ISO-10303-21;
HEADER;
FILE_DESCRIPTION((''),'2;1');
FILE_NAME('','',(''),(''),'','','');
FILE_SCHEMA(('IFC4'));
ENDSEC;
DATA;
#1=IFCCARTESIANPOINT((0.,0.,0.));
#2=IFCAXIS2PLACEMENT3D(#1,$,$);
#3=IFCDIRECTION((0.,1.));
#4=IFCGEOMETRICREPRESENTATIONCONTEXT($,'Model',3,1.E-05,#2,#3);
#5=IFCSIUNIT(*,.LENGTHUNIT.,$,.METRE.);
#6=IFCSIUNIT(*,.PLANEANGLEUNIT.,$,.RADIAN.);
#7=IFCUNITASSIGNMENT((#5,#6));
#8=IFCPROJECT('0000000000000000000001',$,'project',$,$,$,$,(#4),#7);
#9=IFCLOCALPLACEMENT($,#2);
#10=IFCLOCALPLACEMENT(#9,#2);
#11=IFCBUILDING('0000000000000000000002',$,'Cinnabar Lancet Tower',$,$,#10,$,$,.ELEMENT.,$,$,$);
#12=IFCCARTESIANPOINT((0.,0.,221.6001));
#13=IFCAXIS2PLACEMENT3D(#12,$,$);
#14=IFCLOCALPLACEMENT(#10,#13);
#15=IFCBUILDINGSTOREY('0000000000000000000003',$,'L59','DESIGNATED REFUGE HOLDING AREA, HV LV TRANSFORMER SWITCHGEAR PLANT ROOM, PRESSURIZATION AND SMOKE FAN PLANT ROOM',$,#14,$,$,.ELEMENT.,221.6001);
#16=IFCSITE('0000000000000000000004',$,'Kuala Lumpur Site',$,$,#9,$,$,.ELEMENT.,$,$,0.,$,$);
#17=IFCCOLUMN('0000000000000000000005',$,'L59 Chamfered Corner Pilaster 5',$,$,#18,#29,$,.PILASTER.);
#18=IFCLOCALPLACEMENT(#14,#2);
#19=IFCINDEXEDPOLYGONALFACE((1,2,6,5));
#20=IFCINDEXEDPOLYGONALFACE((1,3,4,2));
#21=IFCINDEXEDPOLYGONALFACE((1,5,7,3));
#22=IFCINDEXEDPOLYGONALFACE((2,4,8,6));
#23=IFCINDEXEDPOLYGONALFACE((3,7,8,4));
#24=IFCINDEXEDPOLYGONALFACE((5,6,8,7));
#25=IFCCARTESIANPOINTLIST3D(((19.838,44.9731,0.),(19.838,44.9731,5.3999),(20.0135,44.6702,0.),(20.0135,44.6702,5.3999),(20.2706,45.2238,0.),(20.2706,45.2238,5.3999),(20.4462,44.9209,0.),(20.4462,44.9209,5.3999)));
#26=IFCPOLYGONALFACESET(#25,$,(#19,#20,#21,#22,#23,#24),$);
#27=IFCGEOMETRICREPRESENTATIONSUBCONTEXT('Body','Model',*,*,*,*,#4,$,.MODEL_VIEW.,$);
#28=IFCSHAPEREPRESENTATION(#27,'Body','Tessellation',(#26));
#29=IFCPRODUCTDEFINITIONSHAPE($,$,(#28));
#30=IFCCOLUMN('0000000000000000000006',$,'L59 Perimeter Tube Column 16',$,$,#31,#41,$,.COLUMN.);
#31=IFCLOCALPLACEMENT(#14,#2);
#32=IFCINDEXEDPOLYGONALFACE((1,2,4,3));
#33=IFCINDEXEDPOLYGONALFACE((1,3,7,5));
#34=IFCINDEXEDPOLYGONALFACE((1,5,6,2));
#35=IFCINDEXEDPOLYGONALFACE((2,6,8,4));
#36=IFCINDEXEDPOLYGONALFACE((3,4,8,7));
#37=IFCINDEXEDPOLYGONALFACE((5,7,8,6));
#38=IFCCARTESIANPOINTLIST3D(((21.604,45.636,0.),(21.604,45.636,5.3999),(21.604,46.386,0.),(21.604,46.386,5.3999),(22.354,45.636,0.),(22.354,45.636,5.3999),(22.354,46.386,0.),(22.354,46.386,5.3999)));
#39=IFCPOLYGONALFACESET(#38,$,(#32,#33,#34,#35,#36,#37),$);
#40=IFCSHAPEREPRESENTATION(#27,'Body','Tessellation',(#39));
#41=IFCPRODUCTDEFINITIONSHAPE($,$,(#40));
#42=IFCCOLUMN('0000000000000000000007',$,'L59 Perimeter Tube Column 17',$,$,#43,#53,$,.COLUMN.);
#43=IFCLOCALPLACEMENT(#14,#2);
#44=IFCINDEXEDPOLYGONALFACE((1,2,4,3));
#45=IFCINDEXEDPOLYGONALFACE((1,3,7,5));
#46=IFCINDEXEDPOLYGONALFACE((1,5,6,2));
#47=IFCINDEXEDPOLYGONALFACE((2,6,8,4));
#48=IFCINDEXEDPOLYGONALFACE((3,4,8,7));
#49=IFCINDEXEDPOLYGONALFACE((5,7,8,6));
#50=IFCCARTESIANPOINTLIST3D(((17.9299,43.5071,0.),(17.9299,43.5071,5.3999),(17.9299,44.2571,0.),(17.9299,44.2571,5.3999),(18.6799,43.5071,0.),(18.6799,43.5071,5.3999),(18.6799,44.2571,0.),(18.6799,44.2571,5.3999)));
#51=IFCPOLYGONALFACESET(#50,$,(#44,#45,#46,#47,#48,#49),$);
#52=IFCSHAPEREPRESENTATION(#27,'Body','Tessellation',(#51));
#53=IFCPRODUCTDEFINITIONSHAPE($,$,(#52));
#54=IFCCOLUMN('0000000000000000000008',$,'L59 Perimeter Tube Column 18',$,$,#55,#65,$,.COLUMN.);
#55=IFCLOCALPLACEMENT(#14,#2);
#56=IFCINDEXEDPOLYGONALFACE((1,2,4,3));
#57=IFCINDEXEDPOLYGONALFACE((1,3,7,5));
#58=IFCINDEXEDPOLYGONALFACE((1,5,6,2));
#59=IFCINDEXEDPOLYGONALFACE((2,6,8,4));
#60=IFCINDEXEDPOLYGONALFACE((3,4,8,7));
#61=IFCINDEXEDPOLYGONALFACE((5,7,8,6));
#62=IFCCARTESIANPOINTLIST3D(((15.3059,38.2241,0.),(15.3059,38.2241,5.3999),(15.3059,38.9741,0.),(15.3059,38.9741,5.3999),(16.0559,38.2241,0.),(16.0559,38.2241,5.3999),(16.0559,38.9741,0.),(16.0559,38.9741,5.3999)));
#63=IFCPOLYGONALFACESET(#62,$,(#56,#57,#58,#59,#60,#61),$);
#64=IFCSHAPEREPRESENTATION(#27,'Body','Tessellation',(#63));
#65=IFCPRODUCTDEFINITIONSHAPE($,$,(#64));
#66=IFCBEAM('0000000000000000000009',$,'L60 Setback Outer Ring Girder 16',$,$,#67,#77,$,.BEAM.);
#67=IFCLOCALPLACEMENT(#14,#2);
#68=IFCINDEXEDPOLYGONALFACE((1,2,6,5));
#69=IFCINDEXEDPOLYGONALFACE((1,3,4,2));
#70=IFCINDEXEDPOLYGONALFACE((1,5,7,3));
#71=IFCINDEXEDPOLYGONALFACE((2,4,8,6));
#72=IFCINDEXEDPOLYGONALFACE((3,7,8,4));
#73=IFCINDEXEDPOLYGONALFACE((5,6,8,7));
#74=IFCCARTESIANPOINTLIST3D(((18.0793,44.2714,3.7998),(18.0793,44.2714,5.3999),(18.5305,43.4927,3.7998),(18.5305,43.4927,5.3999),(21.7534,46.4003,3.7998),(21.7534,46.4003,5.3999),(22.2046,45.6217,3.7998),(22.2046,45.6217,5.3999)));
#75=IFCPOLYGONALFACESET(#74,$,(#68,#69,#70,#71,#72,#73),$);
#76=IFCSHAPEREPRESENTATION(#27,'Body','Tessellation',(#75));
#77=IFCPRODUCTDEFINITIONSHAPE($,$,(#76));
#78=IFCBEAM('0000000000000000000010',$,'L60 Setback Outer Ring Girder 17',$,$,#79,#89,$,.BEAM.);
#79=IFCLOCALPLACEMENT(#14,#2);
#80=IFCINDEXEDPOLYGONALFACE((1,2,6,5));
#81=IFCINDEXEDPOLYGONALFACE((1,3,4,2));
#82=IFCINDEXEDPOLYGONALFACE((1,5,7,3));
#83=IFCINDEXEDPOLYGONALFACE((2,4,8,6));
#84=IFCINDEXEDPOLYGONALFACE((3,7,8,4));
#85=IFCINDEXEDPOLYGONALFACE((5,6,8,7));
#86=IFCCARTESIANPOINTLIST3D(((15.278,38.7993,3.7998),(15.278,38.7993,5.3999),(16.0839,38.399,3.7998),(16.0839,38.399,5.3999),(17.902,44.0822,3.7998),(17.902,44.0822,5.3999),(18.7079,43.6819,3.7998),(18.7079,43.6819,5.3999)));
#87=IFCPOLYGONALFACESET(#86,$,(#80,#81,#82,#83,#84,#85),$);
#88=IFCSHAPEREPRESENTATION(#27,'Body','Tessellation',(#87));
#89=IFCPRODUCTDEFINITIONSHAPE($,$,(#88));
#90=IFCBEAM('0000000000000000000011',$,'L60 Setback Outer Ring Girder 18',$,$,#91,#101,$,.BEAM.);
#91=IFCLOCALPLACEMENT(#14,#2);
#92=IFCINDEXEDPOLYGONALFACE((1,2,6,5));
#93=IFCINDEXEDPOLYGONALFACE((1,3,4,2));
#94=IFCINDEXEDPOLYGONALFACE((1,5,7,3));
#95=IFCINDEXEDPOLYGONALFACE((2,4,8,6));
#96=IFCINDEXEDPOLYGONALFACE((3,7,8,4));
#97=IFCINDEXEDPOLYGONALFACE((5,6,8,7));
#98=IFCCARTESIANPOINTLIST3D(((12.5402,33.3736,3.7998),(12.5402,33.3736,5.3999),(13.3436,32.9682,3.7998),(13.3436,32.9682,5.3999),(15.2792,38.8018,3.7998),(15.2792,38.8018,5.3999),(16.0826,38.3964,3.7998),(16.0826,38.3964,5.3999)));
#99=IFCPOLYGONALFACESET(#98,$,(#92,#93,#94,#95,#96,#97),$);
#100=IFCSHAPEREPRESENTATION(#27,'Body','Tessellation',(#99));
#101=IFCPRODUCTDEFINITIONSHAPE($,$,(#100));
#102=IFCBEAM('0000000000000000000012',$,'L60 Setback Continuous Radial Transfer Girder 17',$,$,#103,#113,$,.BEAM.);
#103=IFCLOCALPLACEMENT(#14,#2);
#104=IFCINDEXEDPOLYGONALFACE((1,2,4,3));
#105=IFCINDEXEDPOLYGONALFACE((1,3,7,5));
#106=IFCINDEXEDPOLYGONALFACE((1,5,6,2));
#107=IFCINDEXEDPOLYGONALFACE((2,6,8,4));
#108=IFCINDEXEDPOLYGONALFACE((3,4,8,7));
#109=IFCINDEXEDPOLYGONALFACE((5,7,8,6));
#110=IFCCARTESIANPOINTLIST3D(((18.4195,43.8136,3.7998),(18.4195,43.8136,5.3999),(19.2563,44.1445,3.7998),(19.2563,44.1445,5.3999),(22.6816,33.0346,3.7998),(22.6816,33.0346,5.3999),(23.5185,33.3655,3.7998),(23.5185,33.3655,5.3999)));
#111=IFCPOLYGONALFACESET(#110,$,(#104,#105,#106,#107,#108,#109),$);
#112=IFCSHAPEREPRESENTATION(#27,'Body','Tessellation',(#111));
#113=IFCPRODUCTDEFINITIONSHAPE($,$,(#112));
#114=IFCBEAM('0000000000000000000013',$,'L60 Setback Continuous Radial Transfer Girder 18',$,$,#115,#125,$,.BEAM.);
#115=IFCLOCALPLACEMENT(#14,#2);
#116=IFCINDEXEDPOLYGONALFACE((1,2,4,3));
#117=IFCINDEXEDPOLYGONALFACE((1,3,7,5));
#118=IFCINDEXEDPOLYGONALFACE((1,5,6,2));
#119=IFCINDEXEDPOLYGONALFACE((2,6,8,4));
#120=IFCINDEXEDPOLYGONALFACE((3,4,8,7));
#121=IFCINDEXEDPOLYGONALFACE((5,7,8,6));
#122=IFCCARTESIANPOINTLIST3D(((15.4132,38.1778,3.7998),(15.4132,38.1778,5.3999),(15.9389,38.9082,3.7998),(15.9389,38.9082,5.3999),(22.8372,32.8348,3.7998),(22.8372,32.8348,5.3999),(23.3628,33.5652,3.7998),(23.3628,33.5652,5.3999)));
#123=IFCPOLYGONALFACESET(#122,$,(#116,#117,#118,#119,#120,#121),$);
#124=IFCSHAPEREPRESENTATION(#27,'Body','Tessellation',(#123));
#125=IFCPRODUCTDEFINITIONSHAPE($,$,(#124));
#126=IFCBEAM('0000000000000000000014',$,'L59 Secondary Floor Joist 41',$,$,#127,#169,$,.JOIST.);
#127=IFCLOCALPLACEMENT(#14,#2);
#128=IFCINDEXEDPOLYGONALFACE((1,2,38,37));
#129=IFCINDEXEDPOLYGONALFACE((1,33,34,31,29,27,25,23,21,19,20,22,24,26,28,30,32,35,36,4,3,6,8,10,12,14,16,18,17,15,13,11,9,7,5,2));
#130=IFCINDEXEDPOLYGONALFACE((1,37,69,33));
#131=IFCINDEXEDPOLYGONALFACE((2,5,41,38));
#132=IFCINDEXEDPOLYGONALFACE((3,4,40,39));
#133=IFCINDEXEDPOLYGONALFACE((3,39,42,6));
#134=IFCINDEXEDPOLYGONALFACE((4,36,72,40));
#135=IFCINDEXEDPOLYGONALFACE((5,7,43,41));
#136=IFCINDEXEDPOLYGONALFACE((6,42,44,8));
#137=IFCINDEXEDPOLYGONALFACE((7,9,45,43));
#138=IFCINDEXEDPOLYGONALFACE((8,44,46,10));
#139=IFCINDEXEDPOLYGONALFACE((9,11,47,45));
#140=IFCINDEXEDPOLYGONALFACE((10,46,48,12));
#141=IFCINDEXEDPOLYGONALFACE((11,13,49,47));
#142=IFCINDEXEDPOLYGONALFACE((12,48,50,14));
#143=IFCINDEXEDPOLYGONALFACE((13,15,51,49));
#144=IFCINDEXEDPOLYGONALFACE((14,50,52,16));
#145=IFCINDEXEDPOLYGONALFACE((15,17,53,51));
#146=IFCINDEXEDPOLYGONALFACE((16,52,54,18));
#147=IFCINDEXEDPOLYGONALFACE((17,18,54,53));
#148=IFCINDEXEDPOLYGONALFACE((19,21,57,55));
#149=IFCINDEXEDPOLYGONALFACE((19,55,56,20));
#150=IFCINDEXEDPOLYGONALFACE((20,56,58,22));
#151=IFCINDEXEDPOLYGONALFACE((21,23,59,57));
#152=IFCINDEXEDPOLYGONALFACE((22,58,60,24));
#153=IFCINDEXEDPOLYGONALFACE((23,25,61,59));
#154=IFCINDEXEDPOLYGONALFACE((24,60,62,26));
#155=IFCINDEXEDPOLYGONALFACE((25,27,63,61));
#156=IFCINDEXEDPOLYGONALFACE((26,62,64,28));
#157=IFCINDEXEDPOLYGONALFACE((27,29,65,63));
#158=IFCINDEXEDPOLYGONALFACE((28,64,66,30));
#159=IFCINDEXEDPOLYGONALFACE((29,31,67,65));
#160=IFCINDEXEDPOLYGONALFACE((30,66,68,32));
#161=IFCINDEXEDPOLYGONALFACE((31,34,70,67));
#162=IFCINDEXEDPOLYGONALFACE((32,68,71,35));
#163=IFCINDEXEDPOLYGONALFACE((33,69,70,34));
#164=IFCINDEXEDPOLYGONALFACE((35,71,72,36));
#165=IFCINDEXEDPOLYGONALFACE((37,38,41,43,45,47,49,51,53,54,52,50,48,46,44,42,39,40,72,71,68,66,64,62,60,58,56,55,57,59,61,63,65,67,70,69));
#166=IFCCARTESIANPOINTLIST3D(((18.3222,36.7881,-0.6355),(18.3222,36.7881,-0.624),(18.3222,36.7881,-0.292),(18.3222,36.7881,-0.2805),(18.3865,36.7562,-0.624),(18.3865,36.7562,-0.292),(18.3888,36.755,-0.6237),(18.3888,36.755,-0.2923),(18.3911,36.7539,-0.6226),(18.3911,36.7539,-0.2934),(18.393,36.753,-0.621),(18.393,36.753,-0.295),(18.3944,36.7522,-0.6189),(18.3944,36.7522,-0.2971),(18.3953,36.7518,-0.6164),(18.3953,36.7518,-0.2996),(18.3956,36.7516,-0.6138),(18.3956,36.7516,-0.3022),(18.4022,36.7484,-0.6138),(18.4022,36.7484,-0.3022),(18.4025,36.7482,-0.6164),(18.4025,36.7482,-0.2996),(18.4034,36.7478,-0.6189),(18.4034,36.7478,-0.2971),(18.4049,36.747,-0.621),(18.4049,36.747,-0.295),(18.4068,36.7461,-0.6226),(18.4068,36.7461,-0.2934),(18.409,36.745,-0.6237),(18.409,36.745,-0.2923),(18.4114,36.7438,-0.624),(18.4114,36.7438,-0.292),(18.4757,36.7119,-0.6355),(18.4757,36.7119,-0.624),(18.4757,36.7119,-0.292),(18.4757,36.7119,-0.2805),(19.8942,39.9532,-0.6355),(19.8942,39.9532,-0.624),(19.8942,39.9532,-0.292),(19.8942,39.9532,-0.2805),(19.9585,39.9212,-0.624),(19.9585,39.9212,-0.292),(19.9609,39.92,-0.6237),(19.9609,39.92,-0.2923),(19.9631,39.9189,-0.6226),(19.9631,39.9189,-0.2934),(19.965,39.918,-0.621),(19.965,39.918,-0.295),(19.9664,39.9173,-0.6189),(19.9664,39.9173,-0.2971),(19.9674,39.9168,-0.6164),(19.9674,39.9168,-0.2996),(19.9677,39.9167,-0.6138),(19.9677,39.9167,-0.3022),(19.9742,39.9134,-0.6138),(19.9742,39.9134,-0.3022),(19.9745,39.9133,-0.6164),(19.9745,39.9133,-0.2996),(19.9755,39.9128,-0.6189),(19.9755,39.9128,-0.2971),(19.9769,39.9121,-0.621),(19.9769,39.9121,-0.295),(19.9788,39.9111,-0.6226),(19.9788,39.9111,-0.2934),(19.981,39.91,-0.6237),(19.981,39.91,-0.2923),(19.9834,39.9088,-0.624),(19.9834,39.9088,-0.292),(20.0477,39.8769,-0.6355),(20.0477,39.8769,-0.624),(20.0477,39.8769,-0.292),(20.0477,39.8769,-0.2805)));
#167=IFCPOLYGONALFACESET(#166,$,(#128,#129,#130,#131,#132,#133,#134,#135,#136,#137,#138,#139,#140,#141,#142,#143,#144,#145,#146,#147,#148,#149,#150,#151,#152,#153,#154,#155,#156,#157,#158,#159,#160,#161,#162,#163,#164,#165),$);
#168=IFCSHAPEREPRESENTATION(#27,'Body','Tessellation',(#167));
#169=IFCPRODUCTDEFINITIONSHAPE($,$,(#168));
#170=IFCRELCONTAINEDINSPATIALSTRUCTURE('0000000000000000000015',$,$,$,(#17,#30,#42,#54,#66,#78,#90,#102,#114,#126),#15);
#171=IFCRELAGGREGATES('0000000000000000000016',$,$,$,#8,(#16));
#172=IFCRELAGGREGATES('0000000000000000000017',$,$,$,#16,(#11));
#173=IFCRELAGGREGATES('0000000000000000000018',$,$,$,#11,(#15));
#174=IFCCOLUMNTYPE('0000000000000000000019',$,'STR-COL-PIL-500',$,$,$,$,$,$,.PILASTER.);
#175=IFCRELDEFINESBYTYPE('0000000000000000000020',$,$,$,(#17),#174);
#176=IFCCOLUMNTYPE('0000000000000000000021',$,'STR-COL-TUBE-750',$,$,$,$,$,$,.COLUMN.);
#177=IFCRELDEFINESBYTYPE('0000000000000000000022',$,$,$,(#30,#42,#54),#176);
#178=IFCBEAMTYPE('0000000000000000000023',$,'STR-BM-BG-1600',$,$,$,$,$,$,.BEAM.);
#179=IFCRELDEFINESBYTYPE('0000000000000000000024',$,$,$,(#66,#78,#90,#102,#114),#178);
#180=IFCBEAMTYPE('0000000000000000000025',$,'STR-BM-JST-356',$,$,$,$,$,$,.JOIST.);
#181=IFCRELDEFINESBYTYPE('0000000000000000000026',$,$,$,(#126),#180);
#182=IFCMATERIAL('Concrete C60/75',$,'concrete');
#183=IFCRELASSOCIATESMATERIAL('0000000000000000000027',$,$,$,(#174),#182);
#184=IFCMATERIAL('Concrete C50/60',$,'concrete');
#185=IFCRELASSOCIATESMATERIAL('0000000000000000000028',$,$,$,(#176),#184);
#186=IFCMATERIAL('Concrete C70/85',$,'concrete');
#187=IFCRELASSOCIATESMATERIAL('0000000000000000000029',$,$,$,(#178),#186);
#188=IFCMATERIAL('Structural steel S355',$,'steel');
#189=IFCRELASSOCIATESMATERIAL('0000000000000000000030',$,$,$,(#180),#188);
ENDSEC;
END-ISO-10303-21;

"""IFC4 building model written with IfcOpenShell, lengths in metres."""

from ifc_helpers import new_model, si_unit, direction, frame, origin, origin_2d, place, context, subcontext, project, spatial, rectangle, i_section, extrude, material, material_profile, profile_set, type_object, element, save


model = new_model("IFC4")

# Units and contexts
model_context = context("Model", 3, precision=1e-05, world=origin(), true_north=direction((0.0, 1.0)))
body_context = subcontext(model_context, "Body", "Model", "MODEL_VIEW")
ifc_project = project(units=[si_unit("LENGTHUNIT", "METRE"), si_unit("PLANEANGLEUNIT", "RADIAN")], contexts=[model_context])

# Site, building, storey
site_placement = place(None, origin())
site = spatial("IfcSite", under=ifc_project, at=site_placement, Name="Kuala Lumpur Site", CompositionType="ELEMENT", RefElevation=0.0)
building_placement = place(site_placement, origin())
building = spatial("IfcBuilding", under=site, at=building_placement, Name="Cinnabar Lancet Tower", CompositionType="ELEMENT")
storey_placement = place(building_placement, frame((0.0, 0.0, 221.6001)))
storey = spatial("IfcBuildingStorey", under=building, at=storey_placement, Name="L59", Description="DESIGNATED REFUGE HOLDING AREA, HV LV TRANSFORMER SWITCHGEAR PLANT ROOM, PRESSURIZATION AND SMOKE FAN PLANT ROOM", CompositionType="ELEMENT", Elevation=221.6001)

# Columns
ifc_material_1 = material(Name="Concrete C60/75", Category="concrete")
ifc_material_profile_1 = material_profile(ifc_material_1, rectangle(XDim=0.5, YDim=0.3501, at=origin_2d()), Name="RC-PIL 500x350")
ifc_profile_set_1 = profile_set([ifc_material_profile_1], Name="Concrete C60/75")
column_type_1 = type_object("IfcColumnType", Name="STR-COL-PIL-500", PredefinedType="PILASTER", material=ifc_profile_set_1)
column_placement = place(storey_placement, frame((20.1421, 44.947, 0.0), z_axis=(0.0, 0.0, 1.0), x_axis=(-0.86523, -0.501375, 0.0)))
element("IfcColumn", 1, at=column_placement, inside=storey, type_object=column_type_1, Name="L59 Chamfered Corner Pilaster 5", PredefinedType="PILASTER", context=body_context, shape_type="SweptSolid", body=[
    extrude(rectangle(XDim=0.5, YDim=0.3501, at=origin_2d()), origin(), (0.0, 0.0, 1.0), 5.3999),
])
ifc_material_2 = material(Name="Concrete C50/60", Category="concrete")
ifc_material_profile_2 = material_profile(ifc_material_2, rectangle(XDim=0.75, YDim=0.75, at=origin_2d()), Name="RC-COL 750x750")
ifc_profile_set_2 = profile_set([ifc_material_profile_2], Name="Concrete C50/60")
column_type_2 = type_object("IfcColumnType", Name="STR-COL-TUBE-750", PredefinedType="COLUMN", material=ifc_profile_set_2)
for number, where, z_axis, x_axis, name in (
    (2, (21.979, 46.011, 0.0), (0.0, 0.0, 1.0), (1.0, 0.0, 0.0), "L59 Perimeter Tube Column 16"),
    (3, (18.3049, 43.8821, 0.0), (0.0, 0.0, 1.0), (1.0, 0.0, 0.0), "L59 Perimeter Tube Column 17"),
    (4, (15.6809, 38.5991, 0.0), (0.0, 0.0, 1.0), (1.0, 0.0, 0.0), "L59 Perimeter Tube Column 18"),
):
    element("IfcColumn", number, at=place(storey_placement, frame(where, z_axis=z_axis, x_axis=x_axis)), inside=storey, type_object=column_type_2, Name=name, PredefinedType="COLUMN", context=body_context, shape_type="SweptSolid", body=[
        extrude(rectangle(XDim=0.75, YDim=0.75, at=origin_2d()), origin(), (0.0, 0.0, 1.0), 5.3999),
    ])

# Beams
ifc_material_3 = material(Name="Concrete C70/85", Category="concrete")
ifc_material_profile_3 = material_profile(ifc_material_3, rectangle(XDim=0.8999, YDim=1.6001, at=origin_2d()), Name="RC-BG 900x1600")
ifc_profile_set_3 = profile_set([ifc_material_profile_3], Name="Concrete C70/85")
beam_type_1 = type_object("IfcBeamType", Name="STR-BM-BG-1600", PredefinedType="BEAM", material=ifc_profile_set_3)
beam_1_placement = place(storey_placement, frame((21.979, 46.011, 4.5999), z_axis=(-0.865241, -0.501356, 0.0), x_axis=(0.501356, -0.865241, 0.0)))
element("IfcBeam", 5, at=beam_1_placement, inside=storey, type_object=beam_type_1, Name="L60 Setback Outer Ring Girder 16", PredefinedType="BEAM", context=body_context, shape_type="SweptSolid", body=[
    extrude(rectangle(XDim=0.8999, YDim=1.6001, at=origin_2d()), origin(), (0.0, 0.0, 1.0), 4.2463),
])
beam_2_placement = place(storey_placement, frame((18.3049, 43.8821, 4.5999), z_axis=(-0.444845, -0.895608, 0.0), x_axis=(0.895608, -0.444845, 0.0)))
element("IfcBeam", 6, at=beam_2_placement, inside=storey, type_object=beam_type_1, Name="L60 Setback Outer Ring Girder 17", PredefinedType="BEAM", context=body_context, shape_type="SweptSolid", body=[
    extrude(rectangle(XDim=0.8999, YDim=1.6001, at=origin_2d()), origin(), (0.0, 0.0, 1.0), 5.8987),
])
beam_3_placement = place(storey_placement, frame((15.6809, 38.5991, 4.5999), z_axis=(-0.450487, -0.892783, 0.0), x_axis=(0.892783, -0.450487, 0.0)))
element("IfcBeam", 7, at=beam_3_placement, inside=storey, type_object=beam_type_1, Name="L60 Setback Outer Ring Girder 18", PredefinedType="BEAM", context=body_context, shape_type="SweptSolid", body=[
    extrude(rectangle(XDim=0.8999, YDim=1.6001, at=origin_2d()), origin(), (0.0, 0.0, 1.0), 6.0801),
])
beam_4_placement = place(storey_placement, frame((18.8379, 43.979, 4.5999), z_axis=(0.367713, -0.929939, 0.0), x_axis=(0.929939, 0.367713, 0.0)))
element("IfcBeam", 8, at=beam_4_placement, inside=storey, type_object=beam_type_1, Name="L60 Setback Continuous Radial Transfer Girder 17", PredefinedType="BEAM", context=body_context, shape_type="SweptSolid", body=[
    extrude(rectangle(XDim=0.8999, YDim=1.6001, at=origin_2d()), origin(), (0.0, 0.0, 1.0), 11.5911),
])
beam_5_placement = place(storey_placement, frame((15.676, 38.543, 4.5999), z_axis=(0.811654, -0.584138, 0.0), x_axis=(0.584138, 0.811654, 0.0)))
element("IfcBeam", 9, at=beam_5_placement, inside=storey, type_object=beam_type_1, Name="L60 Setback Continuous Radial Transfer Girder 18", PredefinedType="BEAM", context=body_context, shape_type="SweptSolid", body=[
    extrude(rectangle(XDim=0.8999, YDim=1.6001, at=origin_2d()), origin(), (0.0, 0.0, 1.0), 9.1467),
])
ifc_material_4 = material(Name="Structural steel S355", Category="steel")
ifc_material_profile_4 = material_profile(ifc_material_4, i_section(OverallWidth=0.1714, OverallDepth=0.355, WebThickness=0.0073, FlangeThickness=0.0115, FilletRadius=0.0103, at=origin_2d()), Name="UKB 356x171x51")
ifc_profile_set_4 = profile_set([ifc_material_profile_4], Name="Structural steel S355")
beam_type_2 = type_object("IfcBeamType", Name="STR-BM-JST-356", PredefinedType="JOIST", material=ifc_profile_set_4)
beam_6_placement = place(storey_placement, frame((19.9709, 39.915, -0.458), z_axis=(-0.444836, -0.895612, 0.0), x_axis=(0.895612, -0.444836, 0.0)))
element("IfcBeam", 10, at=beam_6_placement, inside=storey, type_object=beam_type_2, Name="L59 Secondary Floor Joist 41", PredefinedType="JOIST", context=body_context, shape_type="SweptSolid", body=[
    extrude(i_section(OverallWidth=0.1714, OverallDepth=0.355, WebThickness=0.0073, FlangeThickness=0.0115, FilletRadius=0.0103, at=origin_2d()), origin(), (0.0, 0.0, 1.0), 3.5339),
])

save(model, "model.ifc")
